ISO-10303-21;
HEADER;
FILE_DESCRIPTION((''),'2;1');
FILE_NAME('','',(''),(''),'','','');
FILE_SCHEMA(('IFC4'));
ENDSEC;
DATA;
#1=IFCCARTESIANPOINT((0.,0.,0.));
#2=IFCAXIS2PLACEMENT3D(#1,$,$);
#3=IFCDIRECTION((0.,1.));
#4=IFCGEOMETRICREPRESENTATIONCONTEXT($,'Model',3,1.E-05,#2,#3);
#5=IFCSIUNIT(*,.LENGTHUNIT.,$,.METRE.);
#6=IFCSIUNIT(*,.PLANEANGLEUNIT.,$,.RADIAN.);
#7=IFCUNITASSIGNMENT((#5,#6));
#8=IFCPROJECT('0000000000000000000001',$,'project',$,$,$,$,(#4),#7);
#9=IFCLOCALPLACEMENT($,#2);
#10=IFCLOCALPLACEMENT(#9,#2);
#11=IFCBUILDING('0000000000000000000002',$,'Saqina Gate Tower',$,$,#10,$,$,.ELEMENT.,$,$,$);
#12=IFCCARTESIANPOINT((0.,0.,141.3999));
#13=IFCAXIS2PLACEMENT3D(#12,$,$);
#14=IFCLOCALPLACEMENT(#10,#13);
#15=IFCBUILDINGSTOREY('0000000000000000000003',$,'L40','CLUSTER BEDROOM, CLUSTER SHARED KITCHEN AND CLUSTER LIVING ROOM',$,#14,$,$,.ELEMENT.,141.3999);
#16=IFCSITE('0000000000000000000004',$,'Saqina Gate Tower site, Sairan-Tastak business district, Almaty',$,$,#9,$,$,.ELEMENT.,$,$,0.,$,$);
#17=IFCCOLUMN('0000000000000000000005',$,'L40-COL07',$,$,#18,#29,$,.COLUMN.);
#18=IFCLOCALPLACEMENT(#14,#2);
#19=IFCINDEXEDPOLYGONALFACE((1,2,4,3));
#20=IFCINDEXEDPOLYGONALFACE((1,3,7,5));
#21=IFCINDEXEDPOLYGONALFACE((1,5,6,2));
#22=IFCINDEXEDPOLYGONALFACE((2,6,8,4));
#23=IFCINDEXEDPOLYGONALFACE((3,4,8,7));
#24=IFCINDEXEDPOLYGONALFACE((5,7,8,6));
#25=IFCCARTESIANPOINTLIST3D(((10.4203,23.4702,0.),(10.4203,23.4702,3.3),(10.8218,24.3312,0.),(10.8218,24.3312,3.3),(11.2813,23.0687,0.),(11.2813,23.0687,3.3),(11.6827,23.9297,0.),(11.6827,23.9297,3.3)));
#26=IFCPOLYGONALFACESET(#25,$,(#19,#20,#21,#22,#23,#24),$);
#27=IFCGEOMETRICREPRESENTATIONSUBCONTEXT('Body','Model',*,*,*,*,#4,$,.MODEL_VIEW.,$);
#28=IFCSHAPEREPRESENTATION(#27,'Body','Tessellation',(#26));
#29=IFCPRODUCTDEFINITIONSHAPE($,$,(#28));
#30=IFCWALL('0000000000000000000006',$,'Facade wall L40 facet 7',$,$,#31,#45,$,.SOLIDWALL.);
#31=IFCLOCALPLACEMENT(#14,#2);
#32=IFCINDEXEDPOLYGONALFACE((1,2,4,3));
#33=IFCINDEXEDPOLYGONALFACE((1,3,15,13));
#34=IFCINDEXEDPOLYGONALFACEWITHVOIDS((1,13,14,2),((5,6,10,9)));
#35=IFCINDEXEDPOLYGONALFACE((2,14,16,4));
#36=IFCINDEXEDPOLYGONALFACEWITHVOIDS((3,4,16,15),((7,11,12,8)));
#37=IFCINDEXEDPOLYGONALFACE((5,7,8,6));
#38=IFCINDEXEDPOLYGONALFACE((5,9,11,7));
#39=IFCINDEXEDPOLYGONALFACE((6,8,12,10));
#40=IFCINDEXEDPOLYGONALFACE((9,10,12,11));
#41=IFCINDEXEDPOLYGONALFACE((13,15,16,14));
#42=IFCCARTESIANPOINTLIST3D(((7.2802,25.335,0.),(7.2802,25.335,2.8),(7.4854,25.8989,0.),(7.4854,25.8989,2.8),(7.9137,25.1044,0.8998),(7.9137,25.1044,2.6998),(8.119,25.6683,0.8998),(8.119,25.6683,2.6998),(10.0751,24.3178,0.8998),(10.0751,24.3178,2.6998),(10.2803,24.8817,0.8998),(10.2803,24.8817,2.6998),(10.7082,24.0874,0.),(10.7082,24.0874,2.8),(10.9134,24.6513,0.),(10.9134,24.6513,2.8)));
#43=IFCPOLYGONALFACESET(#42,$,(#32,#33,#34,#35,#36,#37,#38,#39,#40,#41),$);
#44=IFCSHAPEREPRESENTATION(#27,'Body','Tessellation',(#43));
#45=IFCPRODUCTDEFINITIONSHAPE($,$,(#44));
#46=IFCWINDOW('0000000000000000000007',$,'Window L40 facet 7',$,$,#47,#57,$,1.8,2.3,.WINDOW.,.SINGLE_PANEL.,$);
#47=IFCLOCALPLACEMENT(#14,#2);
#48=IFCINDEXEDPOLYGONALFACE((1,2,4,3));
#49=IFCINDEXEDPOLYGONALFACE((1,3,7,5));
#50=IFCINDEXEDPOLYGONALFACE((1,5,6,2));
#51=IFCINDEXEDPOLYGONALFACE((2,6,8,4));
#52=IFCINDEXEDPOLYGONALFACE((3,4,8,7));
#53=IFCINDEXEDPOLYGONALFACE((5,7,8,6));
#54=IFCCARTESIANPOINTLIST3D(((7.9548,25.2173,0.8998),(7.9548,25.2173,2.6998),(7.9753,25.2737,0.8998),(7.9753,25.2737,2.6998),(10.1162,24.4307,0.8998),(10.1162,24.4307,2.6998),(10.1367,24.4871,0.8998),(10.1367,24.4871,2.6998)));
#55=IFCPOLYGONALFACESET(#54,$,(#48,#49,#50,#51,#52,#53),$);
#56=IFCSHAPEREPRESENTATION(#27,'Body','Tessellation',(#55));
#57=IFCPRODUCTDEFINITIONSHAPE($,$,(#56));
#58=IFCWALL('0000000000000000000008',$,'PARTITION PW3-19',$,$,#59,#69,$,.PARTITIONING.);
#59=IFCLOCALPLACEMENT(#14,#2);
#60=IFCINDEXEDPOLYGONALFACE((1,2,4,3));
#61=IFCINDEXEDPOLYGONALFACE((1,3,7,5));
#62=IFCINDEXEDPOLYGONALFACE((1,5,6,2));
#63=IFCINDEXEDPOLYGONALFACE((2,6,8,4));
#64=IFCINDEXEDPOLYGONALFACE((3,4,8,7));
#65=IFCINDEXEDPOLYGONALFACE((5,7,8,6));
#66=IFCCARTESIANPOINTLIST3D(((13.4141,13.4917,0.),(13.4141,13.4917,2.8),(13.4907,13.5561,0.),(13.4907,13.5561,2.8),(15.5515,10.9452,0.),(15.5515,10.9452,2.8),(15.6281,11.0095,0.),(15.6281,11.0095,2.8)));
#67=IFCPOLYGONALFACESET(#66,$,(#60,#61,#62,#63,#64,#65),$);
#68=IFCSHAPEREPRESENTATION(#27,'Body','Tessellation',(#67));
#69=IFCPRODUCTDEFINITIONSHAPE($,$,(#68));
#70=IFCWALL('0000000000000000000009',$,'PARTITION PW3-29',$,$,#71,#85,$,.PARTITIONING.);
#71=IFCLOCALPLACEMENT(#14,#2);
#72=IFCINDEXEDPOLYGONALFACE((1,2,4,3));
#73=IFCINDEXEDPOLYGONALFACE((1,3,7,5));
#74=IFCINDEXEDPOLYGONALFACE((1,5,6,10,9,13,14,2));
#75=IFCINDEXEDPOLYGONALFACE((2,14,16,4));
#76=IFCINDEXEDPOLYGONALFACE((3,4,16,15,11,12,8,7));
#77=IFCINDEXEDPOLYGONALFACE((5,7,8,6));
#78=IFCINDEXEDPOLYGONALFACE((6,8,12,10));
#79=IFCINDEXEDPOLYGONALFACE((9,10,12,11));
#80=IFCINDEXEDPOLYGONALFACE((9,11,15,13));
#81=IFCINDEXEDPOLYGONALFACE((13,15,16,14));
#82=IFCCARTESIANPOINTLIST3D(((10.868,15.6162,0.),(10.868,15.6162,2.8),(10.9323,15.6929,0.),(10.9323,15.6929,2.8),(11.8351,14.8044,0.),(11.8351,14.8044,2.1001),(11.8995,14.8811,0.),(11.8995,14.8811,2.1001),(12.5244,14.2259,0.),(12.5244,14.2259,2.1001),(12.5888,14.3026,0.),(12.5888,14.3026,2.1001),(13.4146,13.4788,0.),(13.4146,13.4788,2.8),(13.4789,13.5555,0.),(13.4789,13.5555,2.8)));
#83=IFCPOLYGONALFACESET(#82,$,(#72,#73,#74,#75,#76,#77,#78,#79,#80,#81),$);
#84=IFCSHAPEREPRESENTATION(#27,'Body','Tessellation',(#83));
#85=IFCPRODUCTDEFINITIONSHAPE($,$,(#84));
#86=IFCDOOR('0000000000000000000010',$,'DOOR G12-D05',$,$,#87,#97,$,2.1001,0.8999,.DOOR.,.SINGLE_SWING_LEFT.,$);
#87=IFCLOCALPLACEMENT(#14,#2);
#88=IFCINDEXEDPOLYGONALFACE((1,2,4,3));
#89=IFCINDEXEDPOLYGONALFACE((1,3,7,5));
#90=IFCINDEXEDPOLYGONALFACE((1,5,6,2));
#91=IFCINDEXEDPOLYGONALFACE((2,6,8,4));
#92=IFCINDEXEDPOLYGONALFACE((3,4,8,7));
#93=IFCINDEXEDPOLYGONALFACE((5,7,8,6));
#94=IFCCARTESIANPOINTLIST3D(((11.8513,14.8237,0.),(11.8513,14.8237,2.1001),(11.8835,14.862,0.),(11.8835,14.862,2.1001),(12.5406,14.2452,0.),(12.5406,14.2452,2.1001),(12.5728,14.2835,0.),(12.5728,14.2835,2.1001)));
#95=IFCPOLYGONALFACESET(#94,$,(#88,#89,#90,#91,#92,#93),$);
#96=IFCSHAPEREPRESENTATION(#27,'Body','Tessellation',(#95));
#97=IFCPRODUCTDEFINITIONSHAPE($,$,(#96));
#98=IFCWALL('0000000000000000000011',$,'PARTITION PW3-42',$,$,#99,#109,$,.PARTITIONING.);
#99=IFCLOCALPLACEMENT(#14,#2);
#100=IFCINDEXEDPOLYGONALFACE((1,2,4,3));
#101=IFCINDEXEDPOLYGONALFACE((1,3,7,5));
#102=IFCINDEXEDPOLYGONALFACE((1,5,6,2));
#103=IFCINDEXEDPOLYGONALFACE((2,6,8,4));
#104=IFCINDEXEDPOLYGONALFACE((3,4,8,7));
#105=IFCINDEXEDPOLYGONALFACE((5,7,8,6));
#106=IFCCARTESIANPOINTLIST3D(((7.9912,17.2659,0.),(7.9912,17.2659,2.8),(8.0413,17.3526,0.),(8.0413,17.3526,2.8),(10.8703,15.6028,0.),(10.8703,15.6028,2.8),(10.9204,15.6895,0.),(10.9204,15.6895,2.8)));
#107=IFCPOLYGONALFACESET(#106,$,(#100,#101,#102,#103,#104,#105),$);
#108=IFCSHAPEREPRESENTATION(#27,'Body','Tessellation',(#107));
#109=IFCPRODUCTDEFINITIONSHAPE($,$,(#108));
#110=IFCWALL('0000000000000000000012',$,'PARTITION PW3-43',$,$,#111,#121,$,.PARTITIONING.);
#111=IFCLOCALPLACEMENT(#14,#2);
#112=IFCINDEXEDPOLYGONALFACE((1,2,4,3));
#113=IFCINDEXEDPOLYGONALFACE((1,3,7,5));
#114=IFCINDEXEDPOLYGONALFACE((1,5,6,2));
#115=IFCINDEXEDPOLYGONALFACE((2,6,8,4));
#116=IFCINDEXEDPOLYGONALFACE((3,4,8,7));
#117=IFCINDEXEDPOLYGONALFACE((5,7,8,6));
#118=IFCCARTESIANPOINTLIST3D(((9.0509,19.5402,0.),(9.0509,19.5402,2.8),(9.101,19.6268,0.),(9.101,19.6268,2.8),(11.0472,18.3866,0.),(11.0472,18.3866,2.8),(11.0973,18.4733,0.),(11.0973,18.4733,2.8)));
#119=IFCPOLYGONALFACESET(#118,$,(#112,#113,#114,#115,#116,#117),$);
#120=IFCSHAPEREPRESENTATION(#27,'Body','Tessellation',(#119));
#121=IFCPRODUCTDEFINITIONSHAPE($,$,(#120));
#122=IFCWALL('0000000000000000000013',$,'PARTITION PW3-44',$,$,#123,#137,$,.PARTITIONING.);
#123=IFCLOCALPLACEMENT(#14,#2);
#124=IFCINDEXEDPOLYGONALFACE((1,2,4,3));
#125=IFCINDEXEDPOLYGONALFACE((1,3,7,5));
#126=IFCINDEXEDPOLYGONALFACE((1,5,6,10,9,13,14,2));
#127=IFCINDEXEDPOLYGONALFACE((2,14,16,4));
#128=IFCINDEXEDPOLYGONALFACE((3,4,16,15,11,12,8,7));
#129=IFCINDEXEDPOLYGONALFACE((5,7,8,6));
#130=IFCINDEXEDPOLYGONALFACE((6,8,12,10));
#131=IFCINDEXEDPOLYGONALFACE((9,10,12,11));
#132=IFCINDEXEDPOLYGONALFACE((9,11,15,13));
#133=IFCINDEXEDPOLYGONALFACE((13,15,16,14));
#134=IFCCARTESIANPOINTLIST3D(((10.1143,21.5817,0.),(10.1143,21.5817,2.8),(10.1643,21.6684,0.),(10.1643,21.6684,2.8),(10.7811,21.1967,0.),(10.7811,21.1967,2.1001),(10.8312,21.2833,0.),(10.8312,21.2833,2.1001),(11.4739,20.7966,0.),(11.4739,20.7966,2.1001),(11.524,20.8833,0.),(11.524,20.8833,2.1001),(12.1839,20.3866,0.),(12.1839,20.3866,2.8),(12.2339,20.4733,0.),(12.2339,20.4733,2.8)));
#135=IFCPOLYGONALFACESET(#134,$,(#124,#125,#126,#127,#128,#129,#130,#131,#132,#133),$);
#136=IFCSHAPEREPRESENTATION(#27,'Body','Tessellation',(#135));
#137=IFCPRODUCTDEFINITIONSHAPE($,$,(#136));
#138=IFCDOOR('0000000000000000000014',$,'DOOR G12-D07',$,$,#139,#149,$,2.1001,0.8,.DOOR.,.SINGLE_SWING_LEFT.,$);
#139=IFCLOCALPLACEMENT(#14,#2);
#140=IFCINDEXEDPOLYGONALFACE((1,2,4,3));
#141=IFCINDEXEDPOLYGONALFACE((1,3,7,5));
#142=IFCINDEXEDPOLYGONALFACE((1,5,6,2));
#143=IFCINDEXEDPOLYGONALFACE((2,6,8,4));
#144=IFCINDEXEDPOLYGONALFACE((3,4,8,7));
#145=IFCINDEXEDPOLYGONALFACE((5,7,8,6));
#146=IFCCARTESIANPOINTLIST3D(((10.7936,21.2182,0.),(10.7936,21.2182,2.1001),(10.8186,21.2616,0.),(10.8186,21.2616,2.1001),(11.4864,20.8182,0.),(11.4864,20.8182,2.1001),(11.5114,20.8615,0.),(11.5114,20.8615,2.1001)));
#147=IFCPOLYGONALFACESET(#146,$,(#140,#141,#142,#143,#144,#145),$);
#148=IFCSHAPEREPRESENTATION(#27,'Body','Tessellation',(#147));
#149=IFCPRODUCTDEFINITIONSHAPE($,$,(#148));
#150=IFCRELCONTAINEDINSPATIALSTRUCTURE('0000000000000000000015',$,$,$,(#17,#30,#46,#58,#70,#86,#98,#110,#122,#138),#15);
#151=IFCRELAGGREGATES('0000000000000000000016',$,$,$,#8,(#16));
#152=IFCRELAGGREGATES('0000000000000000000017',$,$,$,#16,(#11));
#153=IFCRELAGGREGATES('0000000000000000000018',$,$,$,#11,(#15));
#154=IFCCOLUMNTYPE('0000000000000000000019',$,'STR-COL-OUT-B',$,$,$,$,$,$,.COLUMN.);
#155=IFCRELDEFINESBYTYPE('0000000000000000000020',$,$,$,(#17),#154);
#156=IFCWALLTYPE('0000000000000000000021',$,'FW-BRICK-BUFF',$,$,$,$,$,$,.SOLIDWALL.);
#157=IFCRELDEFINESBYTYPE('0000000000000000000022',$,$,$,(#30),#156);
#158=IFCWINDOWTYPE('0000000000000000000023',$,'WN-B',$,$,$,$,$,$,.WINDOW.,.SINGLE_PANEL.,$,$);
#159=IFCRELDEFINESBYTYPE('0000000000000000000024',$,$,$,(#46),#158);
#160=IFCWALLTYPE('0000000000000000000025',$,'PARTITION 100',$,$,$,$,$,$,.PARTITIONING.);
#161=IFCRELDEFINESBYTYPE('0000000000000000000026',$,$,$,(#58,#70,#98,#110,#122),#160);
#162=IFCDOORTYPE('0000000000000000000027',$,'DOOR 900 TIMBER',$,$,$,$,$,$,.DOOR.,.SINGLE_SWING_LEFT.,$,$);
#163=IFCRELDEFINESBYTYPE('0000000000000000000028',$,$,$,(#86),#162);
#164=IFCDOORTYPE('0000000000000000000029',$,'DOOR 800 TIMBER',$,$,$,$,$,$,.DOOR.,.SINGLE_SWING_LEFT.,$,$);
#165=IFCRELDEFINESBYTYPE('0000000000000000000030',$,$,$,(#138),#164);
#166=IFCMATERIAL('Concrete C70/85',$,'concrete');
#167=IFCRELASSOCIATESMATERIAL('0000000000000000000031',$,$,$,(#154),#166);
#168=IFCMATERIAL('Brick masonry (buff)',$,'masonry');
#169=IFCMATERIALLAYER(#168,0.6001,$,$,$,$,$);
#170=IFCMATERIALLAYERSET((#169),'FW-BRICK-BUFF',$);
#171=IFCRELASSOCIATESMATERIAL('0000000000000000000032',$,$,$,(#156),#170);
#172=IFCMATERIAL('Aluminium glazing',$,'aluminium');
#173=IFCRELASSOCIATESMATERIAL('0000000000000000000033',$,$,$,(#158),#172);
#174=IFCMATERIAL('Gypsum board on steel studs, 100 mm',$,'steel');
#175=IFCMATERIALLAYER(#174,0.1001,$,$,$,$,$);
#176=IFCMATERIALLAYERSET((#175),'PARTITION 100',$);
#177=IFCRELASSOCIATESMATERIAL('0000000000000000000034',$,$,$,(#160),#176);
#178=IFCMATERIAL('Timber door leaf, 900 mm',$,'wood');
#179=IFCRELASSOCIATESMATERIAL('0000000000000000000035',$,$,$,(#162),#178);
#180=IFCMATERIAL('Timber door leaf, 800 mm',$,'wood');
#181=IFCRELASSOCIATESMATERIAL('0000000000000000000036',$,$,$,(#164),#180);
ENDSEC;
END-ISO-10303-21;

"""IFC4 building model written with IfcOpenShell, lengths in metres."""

from ifc_helpers import new_model, si_unit, direction, frame, frame_2d, origin, origin_2d, place, context, subcontext, project, spatial, rectangle, extrude, material, layer, layer_set, material_profile, profile_set, type_object, element, fill, save


model = new_model("IFC4")

# Units and contexts
model_context = context("Model", 3, precision=1e-05, world=origin(), true_north=direction((0.0, 1.0)))
body_context = subcontext(model_context, "Body", "Model", "MODEL_VIEW")
ifc_project = project(units=[si_unit("LENGTHUNIT", "METRE"), si_unit("PLANEANGLEUNIT", "RADIAN")], contexts=[model_context])

# Site, building, storey
site_placement = place(None, origin())
site = spatial("IfcSite", under=ifc_project, at=site_placement, Name="Saqina Gate Tower site, Sairan-Tastak business district, Almaty", CompositionType="ELEMENT", RefElevation=0.0)
building_placement = place(site_placement, origin())
building = spatial("IfcBuilding", under=site, at=building_placement, Name="Saqina Gate Tower", CompositionType="ELEMENT")
storey_placement = place(building_placement, frame((0.0, 0.0, 141.3999)))
storey = spatial("IfcBuildingStorey", under=building, at=storey_placement, Name="L40", Description="CLUSTER BEDROOM, CLUSTER SHARED KITCHEN AND CLUSTER LIVING ROOM", CompositionType="ELEMENT", Elevation=141.3999)

# Column
ifc_material_1 = material(Name="Concrete C70/85", Category="concrete")
ifc_material_profile = material_profile(ifc_material_1, rectangle(XDim=0.95, YDim=0.95, at=origin_2d()), Name="RC 950x950")
ifc_profile_set = profile_set([ifc_material_profile], Name="Concrete C70/85")
column_type = type_object("IfcColumnType", Name="STR-COL-OUT-B", PredefinedType="COLUMN", material=ifc_profile_set)
column_placement = place(storey_placement, frame((11.0515, 23.7, 0.0), z_axis=(0.0, 0.0, 1.0), x_axis=(0.422618, 0.906308, 0.0)))
element("IfcColumn", 1, at=column_placement, inside=storey, type_object=column_type, Name="L40-COL07", PredefinedType="COLUMN", context=body_context, shape_type="SweptSolid", body=[
    extrude(rectangle(XDim=0.95, YDim=0.95, at=origin_2d()), origin(), (0.0, 0.0, 1.0), 3.3),
])

# Wall, opening, window
ifc_material_2 = material(Name="Brick masonry (buff)", Category="masonry")
ifc_layer_1 = layer(ifc_material_2, 0.6001)
ifc_layer_set_1 = layer_set([ifc_layer_1], Name="FW-BRICK-BUFF")
wall_type_1 = type_object("IfcWallType", Name="FW-BRICK-BUFF", PredefinedType="SOLIDWALL", material=ifc_layer_set_1)
wall_1_placement = place(storey_placement, frame((10.8108, 24.3694, 0.0), z_axis=(0.0, 0.0, 1.0), x_axis=(-0.939704, 0.34199, 0.0)))
wall_1 = element("IfcWall", 2, at=wall_1_placement, inside=storey, type_object=wall_type_1, Name="Facade wall L40 facet 7", PredefinedType="SOLIDWALL", context=body_context, shape_type="SweptSolid", body=[
    extrude(rectangle(XDim=3.6479, YDim=0.6001, at=frame_2d((1.824, 0.0))), origin(), (0.0, 0.0, 1.0), 2.8),
])
opening_1_placement = place(wall_1_placement, frame((0.6738, 0.0, 0.8999)))
opening_1 = element("IfcOpeningElement", 3, at=opening_1_placement, cuts=wall_1, PredefinedType="OPENING", context=body_context, shape_type="SweptSolid", body=[
    extrude(rectangle(XDim=2.3, YDim=1.8, at=frame_2d((1.1499, 0.8999))), frame((0.0, 0.312, 0.0), z_axis=(0.0, -1.0, 0.0), x_axis=(1.0, 0.0, 0.0)), (0.0, 0.0, 1.0), 0.624),
])
ifc_material_3 = material(Name="Aluminium glazing", Category="aluminium")
window_type = type_object("IfcWindowType", Name="WN-B", PartitioningType="SINGLE_PANEL", PredefinedType="WINDOW", material=ifc_material_3)
window_placement = place(opening_1_placement, origin())
window = element("IfcWindow", 4, at=window_placement, inside=storey, type_object=window_type, Name="Window L40 facet 7", OverallHeight=1.8, OverallWidth=2.3, PartitioningType="SINGLE_PANEL", PredefinedType="WINDOW", context=body_context, shape_type="SweptSolid", body=[
    extrude(rectangle(XDim=2.3, YDim=1.8, at=frame_2d((1.1499, 0.8999))), frame((0.0, 0.1799, 0.0), z_axis=(0.0, -1.0, 0.0), x_axis=(1.0, 0.0, 0.0)), (0.0, 0.0, 1.0), 0.0601),
])
fill(opening_1, window)

# Wall
ifc_material_4 = material(Name="Gypsum board on steel studs, 100 mm", Category="steel")
ifc_layer_2 = layer(ifc_material_4, 0.1001)
ifc_layer_set_2 = layer_set([ifc_layer_2], Name="PARTITION 100")
wall_type_2 = type_object("IfcWallType", Name="PARTITION 100", PredefinedType="PARTITIONING", material=ifc_layer_set_2)
wall_2_placement = place(storey_placement, frame((13.4524, 13.5239, 0.0), z_axis=(0.0, 0.0, 1.0), x_axis=(0.642889, -0.765959, 0.0)))
element("IfcWall", 5, at=wall_2_placement, inside=storey, type_object=wall_type_2, Name="PARTITION PW3-19", PredefinedType="PARTITIONING", context=body_context, shape_type="SweptSolid", body=[
    extrude(rectangle(XDim=3.3247, YDim=0.1001, at=frame_2d((1.6624, 0.0))), origin(), (0.0, 0.0, 1.0), 2.8),
])

# Wall, opening, door
wall_3_placement = place(storey_placement, frame((10.9001, 15.6545, 0.0), z_axis=(0.0, 0.0, 1.0), x_axis=(0.765959, -0.642889, 0.0)))
wall_3 = element("IfcWall", 6, at=wall_3_placement, inside=storey, type_object=wall_type_2, Name="PARTITION PW3-29", PredefinedType="PARTITIONING", context=body_context, shape_type="SweptSolid", body=[
    extrude(rectangle(XDim=3.3247, YDim=0.1001, at=frame_2d((1.6624, 0.0))), origin(), (0.0, 0.0, 1.0), 2.8),
])
opening_2_placement = place(wall_3_placement, frame((1.2627, 0.0, 0.0)))
opening_2 = element("IfcOpeningElement", 7, at=opening_2_placement, cuts=wall_3, PredefinedType="OPENING", context=body_context, shape_type="SweptSolid", body=[
    extrude(rectangle(XDim=0.8999, YDim=2.1001, at=frame_2d((0.45, 1.05))), frame((0.0, 0.062, 0.0), z_axis=(0.0, -1.0, 0.0), x_axis=(1.0, 0.0, 0.0)), (0.0, 0.0, 1.0), 0.124),
])
ifc_material_5 = material(Name="Timber door leaf, 900 mm", Category="wood")
door_type_1 = type_object("IfcDoorType", Name="DOOR 900 TIMBER", OperationType="SINGLE_SWING_LEFT", PredefinedType="DOOR", material=ifc_material_5)
door_1_placement = place(opening_2_placement, frame((0.8999, 0.0, 0.0), z_axis=(0.0, 0.0, 1.0), x_axis=(-1.0, 0.0, 0.0)))
door_1 = element("IfcDoor", 8, at=door_1_placement, inside=storey, type_object=door_type_1, Name="DOOR G12-D05", OperationType="SINGLE_SWING_LEFT", OverallHeight=2.1001, OverallWidth=0.8999, PredefinedType="DOOR", context=body_context, shape_type="SweptSolid", body=[
    extrude(rectangle(XDim=0.8999, YDim=2.1001, at=frame_2d((0.45, 1.05))), frame((0.0, 0.0249, 0.0), z_axis=(0.0, -1.0, 0.0), x_axis=(1.0, 0.0, 0.0)), (0.0, 0.0, 1.0), 0.05),
])
fill(opening_2, door_1)

# Walls
wall_4_placement = place(storey_placement, frame((8.0161, 17.3093, 0.0), z_axis=(0.0, 0.0, 1.0), x_axis=(0.86592, -0.500182, 0.0)))
element("IfcWall", 9, at=wall_4_placement, inside=storey, type_object=wall_type_2, Name="PARTITION PW3-42", PredefinedType="PARTITIONING", context=body_context, shape_type="SweptSolid", body=[
    extrude(rectangle(XDim=3.325, YDim=0.1001, at=frame_2d((1.6626, 0.0))), origin(), (0.0, 0.0, 1.0), 2.8),
])
wall_5_placement = place(storey_placement, frame((9.0759, 19.5835, 0.0), z_axis=(0.0, 0.0, 1.0), x_axis=(0.865842, -0.500318, 0.0)))
element("IfcWall", 10, at=wall_5_placement, inside=storey, type_object=wall_type_2, Name="PARTITION PW3-43", PredefinedType="PARTITIONING", context=body_context, shape_type="SweptSolid", body=[
    extrude(rectangle(XDim=2.3057, YDim=0.1001, at=frame_2d((1.1528, 0.0))), origin(), (0.0, 0.0, 1.0), 2.8),
])

# Wall, opening, door
wall_6_placement = place(storey_placement, frame((10.1394, 21.625, 0.0), z_axis=(0.0, 0.0, 1.0), x_axis=(0.86599, -0.500061, 0.0)))
wall_6 = element("IfcWall", 11, at=wall_6_placement, inside=storey, type_object=wall_type_2, Name="PARTITION PW3-44", PredefinedType="PARTITIONING", context=body_context, shape_type="SweptSolid", body=[
    extrude(rectangle(XDim=2.3899, YDim=0.1001, at=frame_2d((1.1948, 0.0))), origin(), (0.0, 0.0, 1.0), 2.8),
])
opening_3_placement = place(wall_6_placement, frame((0.77, 0.0, 0.0)))
opening_3 = element("IfcOpeningElement", 12, at=opening_3_placement, cuts=wall_6, PredefinedType="OPENING", context=body_context, shape_type="SweptSolid", body=[
    extrude(rectangle(XDim=0.8, YDim=2.1001, at=frame_2d((0.3999, 1.05))), frame((0.0, 0.062, 0.0), z_axis=(0.0, -1.0, 0.0), x_axis=(1.0, 0.0, 0.0)), (0.0, 0.0, 1.0), 0.124),
])
ifc_material_6 = material(Name="Timber door leaf, 800 mm", Category="wood")
door_type_2 = type_object("IfcDoorType", Name="DOOR 800 TIMBER", OperationType="SINGLE_SWING_LEFT", PredefinedType="DOOR", material=ifc_material_6)
door_2_placement = place(opening_3_placement, origin())
door_2 = element("IfcDoor", 13, at=door_2_placement, inside=storey, type_object=door_type_2, Name="DOOR G12-D07", OperationType="SINGLE_SWING_LEFT", OverallHeight=2.1001, OverallWidth=0.8, PredefinedType="DOOR", context=body_context, shape_type="SweptSolid", body=[
    extrude(rectangle(XDim=0.8, YDim=2.1001, at=frame_2d((0.3999, 1.05))), frame((0.0, 0.0249, 0.0), z_axis=(0.0, -1.0, 0.0), x_axis=(1.0, 0.0, 0.0)), (0.0, 0.0, 1.0), 0.05),
])
fill(opening_3, door_2)

save(model, "model.ifc")
